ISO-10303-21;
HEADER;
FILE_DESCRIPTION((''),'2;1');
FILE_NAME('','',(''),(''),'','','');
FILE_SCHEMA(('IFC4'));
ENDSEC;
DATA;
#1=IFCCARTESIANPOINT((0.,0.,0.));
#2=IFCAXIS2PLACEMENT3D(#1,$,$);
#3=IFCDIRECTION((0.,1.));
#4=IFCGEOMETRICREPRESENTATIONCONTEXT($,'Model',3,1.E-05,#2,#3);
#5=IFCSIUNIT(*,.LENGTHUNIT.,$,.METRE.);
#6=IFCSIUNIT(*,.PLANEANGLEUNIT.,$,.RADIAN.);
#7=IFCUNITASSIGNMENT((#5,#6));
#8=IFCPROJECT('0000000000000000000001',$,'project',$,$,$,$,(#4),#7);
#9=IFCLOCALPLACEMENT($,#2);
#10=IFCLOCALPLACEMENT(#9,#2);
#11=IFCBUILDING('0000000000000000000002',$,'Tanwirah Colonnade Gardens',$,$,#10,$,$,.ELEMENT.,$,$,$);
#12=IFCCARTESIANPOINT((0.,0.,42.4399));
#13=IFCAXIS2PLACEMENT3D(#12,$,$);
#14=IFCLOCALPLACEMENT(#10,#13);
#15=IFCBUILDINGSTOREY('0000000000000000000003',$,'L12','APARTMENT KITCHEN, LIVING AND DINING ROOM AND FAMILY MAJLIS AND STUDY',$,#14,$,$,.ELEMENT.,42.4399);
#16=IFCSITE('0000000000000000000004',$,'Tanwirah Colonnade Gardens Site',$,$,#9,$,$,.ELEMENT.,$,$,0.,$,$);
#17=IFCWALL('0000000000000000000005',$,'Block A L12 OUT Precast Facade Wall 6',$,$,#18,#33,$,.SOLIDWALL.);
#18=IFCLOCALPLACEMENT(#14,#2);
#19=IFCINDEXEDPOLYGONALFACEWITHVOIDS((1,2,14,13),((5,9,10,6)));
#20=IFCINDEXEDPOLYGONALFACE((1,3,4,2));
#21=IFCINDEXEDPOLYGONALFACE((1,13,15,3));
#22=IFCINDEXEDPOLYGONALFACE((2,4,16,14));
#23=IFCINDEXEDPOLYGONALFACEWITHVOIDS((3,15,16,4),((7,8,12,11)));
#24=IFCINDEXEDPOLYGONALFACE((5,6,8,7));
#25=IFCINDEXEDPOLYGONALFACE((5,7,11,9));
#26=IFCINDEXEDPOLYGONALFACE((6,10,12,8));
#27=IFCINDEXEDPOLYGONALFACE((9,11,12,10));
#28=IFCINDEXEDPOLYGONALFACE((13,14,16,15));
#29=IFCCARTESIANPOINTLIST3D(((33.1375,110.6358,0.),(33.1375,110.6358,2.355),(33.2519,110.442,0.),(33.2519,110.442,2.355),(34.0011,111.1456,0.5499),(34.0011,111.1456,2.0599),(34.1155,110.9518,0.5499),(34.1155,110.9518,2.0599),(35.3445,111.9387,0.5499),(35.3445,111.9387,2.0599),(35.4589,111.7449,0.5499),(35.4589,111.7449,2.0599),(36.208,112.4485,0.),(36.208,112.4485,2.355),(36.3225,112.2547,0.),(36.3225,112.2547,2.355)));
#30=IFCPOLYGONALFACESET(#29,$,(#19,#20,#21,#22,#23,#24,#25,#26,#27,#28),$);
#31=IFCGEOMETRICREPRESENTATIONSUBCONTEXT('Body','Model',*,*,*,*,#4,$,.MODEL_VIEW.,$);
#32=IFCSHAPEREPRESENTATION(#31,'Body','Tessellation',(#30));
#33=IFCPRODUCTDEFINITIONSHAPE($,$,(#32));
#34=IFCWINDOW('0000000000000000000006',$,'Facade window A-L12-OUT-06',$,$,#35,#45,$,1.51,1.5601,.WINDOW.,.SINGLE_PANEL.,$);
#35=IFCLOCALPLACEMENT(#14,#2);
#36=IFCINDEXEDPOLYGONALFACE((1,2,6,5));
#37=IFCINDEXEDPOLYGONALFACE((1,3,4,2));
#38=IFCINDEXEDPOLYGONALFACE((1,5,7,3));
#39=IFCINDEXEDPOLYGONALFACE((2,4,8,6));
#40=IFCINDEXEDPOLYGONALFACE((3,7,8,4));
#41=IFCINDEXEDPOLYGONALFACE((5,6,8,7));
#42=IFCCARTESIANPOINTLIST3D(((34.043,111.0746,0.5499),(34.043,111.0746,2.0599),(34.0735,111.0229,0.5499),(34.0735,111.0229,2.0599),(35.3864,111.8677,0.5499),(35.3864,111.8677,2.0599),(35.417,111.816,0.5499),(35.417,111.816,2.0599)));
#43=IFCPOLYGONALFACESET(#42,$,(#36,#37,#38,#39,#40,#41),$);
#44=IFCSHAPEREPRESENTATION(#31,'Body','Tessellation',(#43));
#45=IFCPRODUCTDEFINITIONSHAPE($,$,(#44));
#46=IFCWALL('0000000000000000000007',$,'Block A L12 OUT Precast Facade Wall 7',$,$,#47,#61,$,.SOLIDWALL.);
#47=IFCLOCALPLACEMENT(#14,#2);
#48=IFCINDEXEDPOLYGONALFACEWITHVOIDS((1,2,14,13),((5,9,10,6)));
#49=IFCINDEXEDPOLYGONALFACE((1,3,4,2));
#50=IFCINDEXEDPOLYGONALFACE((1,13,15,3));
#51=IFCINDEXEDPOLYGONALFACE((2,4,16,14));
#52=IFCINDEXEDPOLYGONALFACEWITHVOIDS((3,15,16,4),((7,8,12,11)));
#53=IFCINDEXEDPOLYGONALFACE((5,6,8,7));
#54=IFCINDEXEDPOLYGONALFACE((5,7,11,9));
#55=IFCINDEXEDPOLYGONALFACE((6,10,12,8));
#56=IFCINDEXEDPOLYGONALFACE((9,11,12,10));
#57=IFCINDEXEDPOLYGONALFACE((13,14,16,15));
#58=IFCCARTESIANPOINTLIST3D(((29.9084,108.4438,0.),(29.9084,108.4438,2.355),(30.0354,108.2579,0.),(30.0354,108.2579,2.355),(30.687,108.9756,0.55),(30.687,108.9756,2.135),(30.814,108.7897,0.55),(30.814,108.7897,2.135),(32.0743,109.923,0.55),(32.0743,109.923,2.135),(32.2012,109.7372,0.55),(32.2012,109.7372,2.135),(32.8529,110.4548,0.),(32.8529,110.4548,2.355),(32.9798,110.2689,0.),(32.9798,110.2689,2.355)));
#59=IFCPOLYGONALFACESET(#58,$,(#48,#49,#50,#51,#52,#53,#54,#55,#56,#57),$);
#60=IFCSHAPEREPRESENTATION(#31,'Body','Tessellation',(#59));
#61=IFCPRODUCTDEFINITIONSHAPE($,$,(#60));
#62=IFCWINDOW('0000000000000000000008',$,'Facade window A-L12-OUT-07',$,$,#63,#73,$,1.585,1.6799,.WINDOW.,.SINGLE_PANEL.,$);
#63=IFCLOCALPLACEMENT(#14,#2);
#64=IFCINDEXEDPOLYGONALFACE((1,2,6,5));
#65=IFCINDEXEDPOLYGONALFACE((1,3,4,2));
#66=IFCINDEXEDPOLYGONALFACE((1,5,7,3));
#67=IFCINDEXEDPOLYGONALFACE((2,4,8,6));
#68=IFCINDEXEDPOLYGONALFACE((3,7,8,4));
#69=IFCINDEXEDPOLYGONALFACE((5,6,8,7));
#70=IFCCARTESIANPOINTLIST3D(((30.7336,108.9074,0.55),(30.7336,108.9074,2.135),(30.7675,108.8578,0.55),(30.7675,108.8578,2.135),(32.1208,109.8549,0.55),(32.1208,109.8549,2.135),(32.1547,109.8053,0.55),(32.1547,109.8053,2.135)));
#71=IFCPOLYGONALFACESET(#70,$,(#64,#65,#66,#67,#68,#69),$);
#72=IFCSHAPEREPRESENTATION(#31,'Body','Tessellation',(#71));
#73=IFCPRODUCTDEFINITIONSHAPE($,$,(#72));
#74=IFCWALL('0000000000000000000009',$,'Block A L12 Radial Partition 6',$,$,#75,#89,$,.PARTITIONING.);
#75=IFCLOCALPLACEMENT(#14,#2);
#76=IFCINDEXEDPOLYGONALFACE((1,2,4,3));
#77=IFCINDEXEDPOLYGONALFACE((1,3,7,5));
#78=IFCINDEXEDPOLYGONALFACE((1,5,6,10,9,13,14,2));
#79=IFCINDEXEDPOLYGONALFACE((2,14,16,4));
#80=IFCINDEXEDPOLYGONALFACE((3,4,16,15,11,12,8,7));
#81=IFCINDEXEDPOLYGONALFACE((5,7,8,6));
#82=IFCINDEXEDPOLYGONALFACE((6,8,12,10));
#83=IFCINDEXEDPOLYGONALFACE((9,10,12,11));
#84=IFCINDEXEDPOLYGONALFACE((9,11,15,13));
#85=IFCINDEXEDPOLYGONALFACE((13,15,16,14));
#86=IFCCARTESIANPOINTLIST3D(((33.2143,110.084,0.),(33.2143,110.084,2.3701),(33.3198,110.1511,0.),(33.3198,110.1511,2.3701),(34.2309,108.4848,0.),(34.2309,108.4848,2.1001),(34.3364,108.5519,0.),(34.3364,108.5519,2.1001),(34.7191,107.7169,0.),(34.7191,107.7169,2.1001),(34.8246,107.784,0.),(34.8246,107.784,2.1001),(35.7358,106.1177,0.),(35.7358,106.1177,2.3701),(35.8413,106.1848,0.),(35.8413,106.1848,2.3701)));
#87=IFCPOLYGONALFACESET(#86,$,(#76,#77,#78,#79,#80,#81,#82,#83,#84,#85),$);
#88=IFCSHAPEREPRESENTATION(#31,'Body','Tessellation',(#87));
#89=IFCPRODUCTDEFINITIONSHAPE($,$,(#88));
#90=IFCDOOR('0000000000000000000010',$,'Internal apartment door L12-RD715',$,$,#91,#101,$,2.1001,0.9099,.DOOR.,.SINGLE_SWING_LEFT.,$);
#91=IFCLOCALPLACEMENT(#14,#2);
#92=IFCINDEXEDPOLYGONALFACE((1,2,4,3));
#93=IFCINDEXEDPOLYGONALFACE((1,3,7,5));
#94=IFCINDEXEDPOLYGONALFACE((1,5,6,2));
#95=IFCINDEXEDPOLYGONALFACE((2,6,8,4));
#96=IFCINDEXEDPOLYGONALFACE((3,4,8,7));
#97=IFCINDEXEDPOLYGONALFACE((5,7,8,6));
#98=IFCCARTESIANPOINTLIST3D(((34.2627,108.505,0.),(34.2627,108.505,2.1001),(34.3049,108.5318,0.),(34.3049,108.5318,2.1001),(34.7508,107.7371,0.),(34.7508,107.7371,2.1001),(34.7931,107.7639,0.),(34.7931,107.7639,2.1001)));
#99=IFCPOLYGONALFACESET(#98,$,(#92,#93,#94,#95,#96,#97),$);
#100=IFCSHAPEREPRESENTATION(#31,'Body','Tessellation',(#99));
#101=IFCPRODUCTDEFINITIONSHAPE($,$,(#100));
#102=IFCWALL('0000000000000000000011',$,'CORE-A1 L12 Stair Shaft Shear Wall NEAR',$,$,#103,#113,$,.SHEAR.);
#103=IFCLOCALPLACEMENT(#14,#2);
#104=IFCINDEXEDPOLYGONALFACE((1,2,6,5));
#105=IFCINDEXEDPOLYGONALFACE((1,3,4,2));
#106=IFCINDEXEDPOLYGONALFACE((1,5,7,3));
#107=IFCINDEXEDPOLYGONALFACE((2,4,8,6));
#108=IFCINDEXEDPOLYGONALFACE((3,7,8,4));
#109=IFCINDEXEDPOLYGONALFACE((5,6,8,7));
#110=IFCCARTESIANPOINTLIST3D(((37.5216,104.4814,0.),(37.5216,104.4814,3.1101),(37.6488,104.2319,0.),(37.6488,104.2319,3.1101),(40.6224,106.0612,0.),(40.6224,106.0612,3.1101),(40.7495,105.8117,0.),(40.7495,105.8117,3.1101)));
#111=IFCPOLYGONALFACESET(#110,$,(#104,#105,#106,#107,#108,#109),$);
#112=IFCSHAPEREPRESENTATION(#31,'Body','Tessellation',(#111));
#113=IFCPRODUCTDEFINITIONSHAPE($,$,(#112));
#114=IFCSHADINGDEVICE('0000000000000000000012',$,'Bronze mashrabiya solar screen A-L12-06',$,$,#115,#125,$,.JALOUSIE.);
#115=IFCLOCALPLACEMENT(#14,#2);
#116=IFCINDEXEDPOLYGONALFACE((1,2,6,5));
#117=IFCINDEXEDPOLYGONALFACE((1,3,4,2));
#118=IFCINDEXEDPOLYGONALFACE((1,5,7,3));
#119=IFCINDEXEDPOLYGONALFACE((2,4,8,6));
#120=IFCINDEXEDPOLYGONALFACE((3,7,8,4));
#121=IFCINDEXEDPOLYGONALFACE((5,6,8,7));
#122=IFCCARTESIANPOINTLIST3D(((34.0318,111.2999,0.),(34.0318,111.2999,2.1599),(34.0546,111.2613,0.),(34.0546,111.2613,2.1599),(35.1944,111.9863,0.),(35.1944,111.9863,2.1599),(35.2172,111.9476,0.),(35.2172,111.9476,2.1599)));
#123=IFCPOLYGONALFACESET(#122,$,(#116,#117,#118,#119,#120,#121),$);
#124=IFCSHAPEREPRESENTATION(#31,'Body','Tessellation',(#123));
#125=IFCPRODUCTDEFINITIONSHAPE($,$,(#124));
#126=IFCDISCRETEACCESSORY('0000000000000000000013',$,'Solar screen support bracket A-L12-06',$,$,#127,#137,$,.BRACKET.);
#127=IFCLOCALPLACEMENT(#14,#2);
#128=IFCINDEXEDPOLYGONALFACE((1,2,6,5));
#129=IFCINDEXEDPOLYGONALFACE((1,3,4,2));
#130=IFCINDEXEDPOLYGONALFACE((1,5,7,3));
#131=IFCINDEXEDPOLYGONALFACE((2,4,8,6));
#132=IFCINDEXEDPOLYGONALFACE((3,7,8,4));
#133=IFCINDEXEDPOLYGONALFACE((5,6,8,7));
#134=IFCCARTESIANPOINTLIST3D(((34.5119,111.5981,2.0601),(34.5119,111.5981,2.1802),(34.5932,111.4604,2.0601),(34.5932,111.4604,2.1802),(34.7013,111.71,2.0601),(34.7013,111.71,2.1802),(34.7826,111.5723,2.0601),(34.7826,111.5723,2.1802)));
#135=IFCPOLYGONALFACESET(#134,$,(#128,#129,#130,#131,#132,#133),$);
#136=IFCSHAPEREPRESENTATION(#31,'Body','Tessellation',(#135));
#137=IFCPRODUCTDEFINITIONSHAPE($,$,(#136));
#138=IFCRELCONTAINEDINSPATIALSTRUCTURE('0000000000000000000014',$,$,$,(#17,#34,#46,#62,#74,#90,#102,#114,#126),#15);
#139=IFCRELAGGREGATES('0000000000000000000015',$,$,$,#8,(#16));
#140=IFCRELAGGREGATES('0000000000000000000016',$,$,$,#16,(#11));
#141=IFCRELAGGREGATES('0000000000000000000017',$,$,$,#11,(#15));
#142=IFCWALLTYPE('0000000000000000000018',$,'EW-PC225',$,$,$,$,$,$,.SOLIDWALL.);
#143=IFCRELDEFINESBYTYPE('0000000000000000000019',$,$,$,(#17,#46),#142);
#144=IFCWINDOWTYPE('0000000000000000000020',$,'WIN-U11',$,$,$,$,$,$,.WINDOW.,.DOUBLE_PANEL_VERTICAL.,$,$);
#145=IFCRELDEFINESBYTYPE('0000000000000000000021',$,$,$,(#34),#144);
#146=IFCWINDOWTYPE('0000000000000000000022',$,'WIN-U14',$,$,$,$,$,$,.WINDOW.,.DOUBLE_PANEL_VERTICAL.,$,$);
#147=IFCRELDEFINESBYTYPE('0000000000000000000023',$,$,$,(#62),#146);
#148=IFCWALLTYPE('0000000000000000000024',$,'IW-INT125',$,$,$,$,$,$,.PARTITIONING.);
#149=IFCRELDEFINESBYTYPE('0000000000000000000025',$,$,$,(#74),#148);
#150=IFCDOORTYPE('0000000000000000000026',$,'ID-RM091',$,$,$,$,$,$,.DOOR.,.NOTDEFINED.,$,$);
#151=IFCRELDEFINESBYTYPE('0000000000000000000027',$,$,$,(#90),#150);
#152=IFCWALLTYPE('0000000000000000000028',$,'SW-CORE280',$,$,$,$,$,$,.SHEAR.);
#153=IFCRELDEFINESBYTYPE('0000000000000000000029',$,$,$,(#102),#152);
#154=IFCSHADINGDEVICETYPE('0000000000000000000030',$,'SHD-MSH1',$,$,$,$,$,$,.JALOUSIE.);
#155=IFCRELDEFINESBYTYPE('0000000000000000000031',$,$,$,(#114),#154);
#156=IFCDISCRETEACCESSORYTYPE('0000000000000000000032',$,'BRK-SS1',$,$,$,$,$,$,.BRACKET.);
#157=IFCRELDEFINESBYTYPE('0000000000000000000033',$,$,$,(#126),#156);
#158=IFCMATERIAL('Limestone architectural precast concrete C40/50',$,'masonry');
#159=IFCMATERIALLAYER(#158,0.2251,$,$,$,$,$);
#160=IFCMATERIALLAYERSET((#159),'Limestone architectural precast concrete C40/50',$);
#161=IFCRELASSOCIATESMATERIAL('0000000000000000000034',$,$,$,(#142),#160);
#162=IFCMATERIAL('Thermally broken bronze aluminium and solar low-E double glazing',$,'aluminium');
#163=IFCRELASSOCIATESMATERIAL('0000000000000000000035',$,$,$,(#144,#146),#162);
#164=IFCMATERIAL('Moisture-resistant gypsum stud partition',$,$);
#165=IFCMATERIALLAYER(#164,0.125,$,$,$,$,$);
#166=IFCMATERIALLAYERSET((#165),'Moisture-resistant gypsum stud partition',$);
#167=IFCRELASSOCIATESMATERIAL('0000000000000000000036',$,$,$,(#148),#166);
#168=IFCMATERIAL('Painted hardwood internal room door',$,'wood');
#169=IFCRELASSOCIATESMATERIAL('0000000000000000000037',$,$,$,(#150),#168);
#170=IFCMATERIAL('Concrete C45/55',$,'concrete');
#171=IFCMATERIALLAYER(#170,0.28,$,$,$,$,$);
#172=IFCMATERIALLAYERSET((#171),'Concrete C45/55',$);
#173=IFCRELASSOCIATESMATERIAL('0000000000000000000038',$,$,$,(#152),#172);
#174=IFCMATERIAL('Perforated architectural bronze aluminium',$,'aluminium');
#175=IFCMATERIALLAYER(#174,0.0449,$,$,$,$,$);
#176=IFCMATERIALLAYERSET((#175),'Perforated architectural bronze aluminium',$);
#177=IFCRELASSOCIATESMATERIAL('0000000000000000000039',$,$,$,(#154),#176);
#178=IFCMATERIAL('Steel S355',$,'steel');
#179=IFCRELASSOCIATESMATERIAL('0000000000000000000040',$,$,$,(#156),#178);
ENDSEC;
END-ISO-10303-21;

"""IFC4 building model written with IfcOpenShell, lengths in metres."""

from ifc_helpers import new_model, si_unit, direction, frame, frame_2d, origin, origin_2d, place, context, subcontext, project, spatial, rectangle, extrude, material, layer, layer_set, type_object, element, fill, save


model = new_model("IFC4")

# Units and contexts
model_context = context("Model", 3, precision=1e-05, world=origin(), true_north=direction((0.0, 1.0)))
body_context = subcontext(model_context, "Body", "Model", "MODEL_VIEW")
ifc_project = project(units=[si_unit("LENGTHUNIT", "METRE"), si_unit("PLANEANGLEUNIT", "RADIAN")], contexts=[model_context])

# Site, building, storey
site_placement = place(None, origin())
site = spatial("IfcSite", under=ifc_project, at=site_placement, Name="Tanwirah Colonnade Gardens Site", CompositionType="ELEMENT", RefElevation=0.0)
building_placement = place(site_placement, origin())
building = spatial("IfcBuilding", under=site, at=building_placement, Name="Tanwirah Colonnade Gardens", CompositionType="ELEMENT")
storey_placement = place(building_placement, frame((0.0, 0.0, 42.4399)))
storey = spatial("IfcBuildingStorey", under=building, at=storey_placement, Name="L12", Description="APARTMENT KITCHEN, LIVING AND DINING ROOM AND FAMILY MAJLIS AND STUDY", CompositionType="ELEMENT", Elevation=42.4399)

# Walls, openings, windows
ifc_material_1 = material(Name="Limestone architectural precast concrete C40/50", Category="masonry")
ifc_layer_1 = layer(ifc_material_1, 0.2251)
ifc_layer_set_1 = layer_set([ifc_layer_1], Name="Limestone architectural precast concrete C40/50")
wall_type_1 = type_object("IfcWallType", Name="EW-PC225", PredefinedType="SOLIDWALL", material=ifc_layer_set_1)
wall_1_placement = place(storey_placement, frame((36.2651, 112.3516, 0.0), z_axis=(0.0, 0.0, 1.0), x_axis=(-0.861132, -0.508381, 0.0)))
wall_1 = element("IfcWall", 1, at=wall_1_placement, inside=storey, type_object=wall_type_1, Name="Block A L12 OUT Precast Facade Wall 6", PredefinedType="SOLIDWALL", context=body_context, shape_type="SweptSolid", body=[
    extrude(rectangle(XDim=3.5657, YDim=0.2251, at=frame_2d((1.7827, 0.0))), origin(), (0.0, 0.0, 1.0), 2.355),
])
opening_1_placement = place(wall_1_placement, frame((1.0027, 0.0, 0.55)))
opening_1 = element("IfcOpeningElement", 2, at=opening_1_placement, cuts=wall_1, PredefinedType="OPENING", context=body_context, shape_type="SweptSolid", body=[
    extrude(rectangle(XDim=1.5601, YDim=1.51, at=frame_2d((0.78, 0.7549))), frame((0.0, 0.1226, 0.0), z_axis=(0.0, -1.0, 0.0), x_axis=(1.0, 0.0, 0.0)), (0.0, 0.0, 1.0), 0.2451),
])
ifc_material_2 = material(Name="Thermally broken bronze aluminium and solar low-E double glazing", Category="aluminium")
window_type_1 = type_object("IfcWindowType", Name="WIN-U11", PartitioningType="DOUBLE_PANEL_VERTICAL", PredefinedType="WINDOW", material=ifc_material_2)
window_1_placement = place(opening_1_placement, origin())
window_1 = element("IfcWindow", 3, at=window_1_placement, inside=storey, type_object=window_type_1, Name="Facade window A-L12-OUT-06", OverallHeight=1.51, OverallWidth=1.5601, PartitioningType="SINGLE_PANEL", PredefinedType="WINDOW", context=body_context, shape_type="SweptSolid", body=[
    extrude(rectangle(XDim=1.5601, YDim=1.51, at=frame_2d((0.78, 0.7549))), frame((0.0, 0.03, 0.0), z_axis=(0.0, -1.0, 0.0), x_axis=(1.0, 0.0, 0.0)), (0.0, 0.0, 1.0), 0.0601),
])
fill(opening_1, window_1)
wall_2_placement = place(storey_placement, frame((32.9163, 110.3618, 0.0), z_axis=(0.0, 0.0, 1.0), x_axis=(-0.825772, -0.564004, 0.0)))
wall_2 = element("IfcWall", 4, at=wall_2_placement, inside=storey, type_object=wall_type_1, Name="Block A L12 OUT Precast Facade Wall 7", PredefinedType="SOLIDWALL", context=body_context, shape_type="SweptSolid", body=[
    extrude(rectangle(XDim=3.5657, YDim=0.2251, at=frame_2d((1.7827, 0.0))), origin(), (0.0, 0.0, 1.0), 2.355),
])
opening_2_placement = place(wall_2_placement, frame((0.9429, 0.0, 0.55)))
opening_2 = element("IfcOpeningElement", 5, at=opening_2_placement, cuts=wall_2, PredefinedType="OPENING", context=body_context, shape_type="SweptSolid", body=[
    extrude(rectangle(XDim=1.6799, YDim=1.585, at=frame_2d((0.8398, 0.7925))), frame((0.0, 0.1226, 0.0), z_axis=(0.0, -1.0, 0.0), x_axis=(1.0, 0.0, 0.0)), (0.0, 0.0, 1.0), 0.2451),
])
window_type_2 = type_object("IfcWindowType", Name="WIN-U14", PartitioningType="DOUBLE_PANEL_VERTICAL", PredefinedType="WINDOW", material=ifc_material_2)
window_2_placement = place(opening_2_placement, origin())
window_2 = element("IfcWindow", 6, at=window_2_placement, inside=storey, type_object=window_type_2, Name="Facade window A-L12-OUT-07", OverallHeight=1.585, OverallWidth=1.6799, PartitioningType="SINGLE_PANEL", PredefinedType="WINDOW", context=body_context, shape_type="SweptSolid", body=[
    extrude(rectangle(XDim=1.6799, YDim=1.585, at=frame_2d((0.8398, 0.7925))), frame((0.0, 0.03, 0.0), z_axis=(0.0, -1.0, 0.0), x_axis=(1.0, 0.0, 0.0)), (0.0, 0.0, 1.0), 0.0601),
])
fill(opening_2, window_2)

# Wall, opening, door
ifc_material_3 = material(Name="Moisture-resistant gypsum stud partition")
ifc_layer_2 = layer(ifc_material_3, 0.125)
ifc_layer_set_2 = layer_set([ifc_layer_2], Name="Moisture-resistant gypsum stud partition")
wall_type_2 = type_object("IfcWallType", Name="IW-INT125", PredefinedType="PARTITIONING", material=ifc_layer_set_2)
wall_3_placement = place(storey_placement, frame((35.7886, 106.1511, 0.0), z_axis=(0.0, 0.0, 1.0), x_axis=(-0.536492, 0.843905, 0.0)))
wall_3 = element("IfcWall", 7, at=wall_3_placement, inside=storey, type_object=wall_type_2, Name="Block A L12 Radial Partition 6", PredefinedType="PARTITIONING", context=body_context, shape_type="SweptSolid", body=[
    extrude(rectangle(XDim=4.7, YDim=0.125, at=frame_2d((2.3501, 0.0))), origin(), (0.0, 0.0, 1.0), 2.3701),
])
opening_3_placement = place(wall_3_placement, frame((1.895, 0.0, 0.0)))
opening_3 = element("IfcOpeningElement", 8, at=opening_3_placement, cuts=wall_3, PredefinedType="OPENING", context=body_context, shape_type="SweptSolid", body=[
    extrude(rectangle(XDim=0.9099, YDim=2.1001, at=frame_2d((0.4551, 1.05))), frame((0.0, 0.0725, 0.0), z_axis=(0.0, -1.0, 0.0), x_axis=(1.0, 0.0, 0.0)), (0.0, 0.0, 1.0), 0.145),
])
ifc_material_4 = material(Name="Painted hardwood internal room door", Category="wood")
door_type_1 = type_object("IfcDoorType", Name="ID-RM091", OperationType="NOTDEFINED", PredefinedType="DOOR", material=ifc_material_4)
door_1_placement = place(opening_3_placement, origin())
door_1 = element("IfcDoor", 9, at=door_1_placement, inside=storey, type_object=door_type_1, Name="Internal apartment door L12-RD715", OperationType="SINGLE_SWING_LEFT", OverallHeight=2.1001, OverallWidth=0.9099, PredefinedType="DOOR", context=body_context, shape_type="SweptSolid", body=[
    extrude(rectangle(XDim=0.9099, YDim=2.1001, at=frame_2d((0.4551, 1.05))), frame((0.0, 0.0249, 0.0), z_axis=(0.0, -1.0, 0.0), x_axis=(1.0, 0.0, 0.0)), (0.0, 0.0, 1.0), 0.05),
])
fill(opening_3, door_1)

# Wall
ifc_material_5 = material(Name="Concrete C45/55", Category="concrete")
ifc_layer_3 = layer(ifc_material_5, 0.28)
ifc_layer_set_3 = layer_set([ifc_layer_3], Name="Concrete C45/55")
wall_type_3 = type_object("IfcWallType", Name="SW-CORE280", PredefinedType="SHEAR", material=ifc_layer_set_3)
wall_4_placement = place(storey_placement, frame((37.5852, 104.3567, 0.0), z_axis=(0.0, 0.0, 1.0), x_axis=(0.89102, 0.453964, 0.0)))
element("IfcWall", 10, at=wall_4_placement, inside=storey, type_object=wall_type_3, Name="CORE-A1 L12 Stair Shaft Shear Wall NEAR", PredefinedType="SHEAR", context=body_context, shape_type="SweptSolid", body=[
    extrude(rectangle(XDim=3.48, YDim=0.28, at=frame_2d((1.74, 0.0))), origin(), (0.0, 0.0, 1.0), 3.1101),
])

# Shading device
ifc_material_6 = material(Name="Perforated architectural bronze aluminium", Category="aluminium")
ifc_layer_4 = layer(ifc_material_6, 0.0449)
ifc_layer_set_4 = layer_set([ifc_layer_4], Name="Perforated architectural bronze aluminium")
shading_device_type = type_object("IfcShadingDeviceType", Name="SHD-MSH1", PredefinedType="JALOUSIE", material=ifc_layer_set_4)
shading_device_placement = place(storey_placement, frame((34.6245, 111.6238, 0.0), z_axis=(0.0, 0.0, 1.0), x_axis=(-0.861136, -0.508375, 0.0)))
element("IfcShadingDevice", 11, at=shading_device_placement, inside=storey, type_object=shading_device_type, Name="Bronze mashrabiya solar screen A-L12-06", PredefinedType="JALOUSIE", context=body_context, shape_type="SweptSolid", body=[
    extrude(rectangle(XDim=1.3501, YDim=0.0449, at=origin_2d()), origin(), (0.0, 0.0, 1.0), 2.1599),
])

# Discrete accessory
ifc_material_7 = material(Name="Steel S355", Category="steel")
discrete_accessory_type = type_object("IfcDiscreteAccessoryType", Name="BRK-SS1", PredefinedType="BRACKET", material=ifc_material_7)
discrete_accessory_placement = place(storey_placement, frame((34.6472, 111.5852, 2.0601), z_axis=(0.0, 0.0, 1.0), x_axis=(-0.861136, -0.508375, 0.0)))
element("IfcDiscreteAccessory", 12, at=discrete_accessory_placement, inside=storey, type_object=discrete_accessory_type, Name="Solar screen support bracket A-L12-06", PredefinedType="BRACKET", context=body_context, shape_type="SweptSolid", body=[
    extrude(rectangle(XDim=0.22, YDim=0.1599, at=origin_2d()), origin(), (0.0, 0.0, 1.0), 0.1201),
])

save(model, "model.ifc")
